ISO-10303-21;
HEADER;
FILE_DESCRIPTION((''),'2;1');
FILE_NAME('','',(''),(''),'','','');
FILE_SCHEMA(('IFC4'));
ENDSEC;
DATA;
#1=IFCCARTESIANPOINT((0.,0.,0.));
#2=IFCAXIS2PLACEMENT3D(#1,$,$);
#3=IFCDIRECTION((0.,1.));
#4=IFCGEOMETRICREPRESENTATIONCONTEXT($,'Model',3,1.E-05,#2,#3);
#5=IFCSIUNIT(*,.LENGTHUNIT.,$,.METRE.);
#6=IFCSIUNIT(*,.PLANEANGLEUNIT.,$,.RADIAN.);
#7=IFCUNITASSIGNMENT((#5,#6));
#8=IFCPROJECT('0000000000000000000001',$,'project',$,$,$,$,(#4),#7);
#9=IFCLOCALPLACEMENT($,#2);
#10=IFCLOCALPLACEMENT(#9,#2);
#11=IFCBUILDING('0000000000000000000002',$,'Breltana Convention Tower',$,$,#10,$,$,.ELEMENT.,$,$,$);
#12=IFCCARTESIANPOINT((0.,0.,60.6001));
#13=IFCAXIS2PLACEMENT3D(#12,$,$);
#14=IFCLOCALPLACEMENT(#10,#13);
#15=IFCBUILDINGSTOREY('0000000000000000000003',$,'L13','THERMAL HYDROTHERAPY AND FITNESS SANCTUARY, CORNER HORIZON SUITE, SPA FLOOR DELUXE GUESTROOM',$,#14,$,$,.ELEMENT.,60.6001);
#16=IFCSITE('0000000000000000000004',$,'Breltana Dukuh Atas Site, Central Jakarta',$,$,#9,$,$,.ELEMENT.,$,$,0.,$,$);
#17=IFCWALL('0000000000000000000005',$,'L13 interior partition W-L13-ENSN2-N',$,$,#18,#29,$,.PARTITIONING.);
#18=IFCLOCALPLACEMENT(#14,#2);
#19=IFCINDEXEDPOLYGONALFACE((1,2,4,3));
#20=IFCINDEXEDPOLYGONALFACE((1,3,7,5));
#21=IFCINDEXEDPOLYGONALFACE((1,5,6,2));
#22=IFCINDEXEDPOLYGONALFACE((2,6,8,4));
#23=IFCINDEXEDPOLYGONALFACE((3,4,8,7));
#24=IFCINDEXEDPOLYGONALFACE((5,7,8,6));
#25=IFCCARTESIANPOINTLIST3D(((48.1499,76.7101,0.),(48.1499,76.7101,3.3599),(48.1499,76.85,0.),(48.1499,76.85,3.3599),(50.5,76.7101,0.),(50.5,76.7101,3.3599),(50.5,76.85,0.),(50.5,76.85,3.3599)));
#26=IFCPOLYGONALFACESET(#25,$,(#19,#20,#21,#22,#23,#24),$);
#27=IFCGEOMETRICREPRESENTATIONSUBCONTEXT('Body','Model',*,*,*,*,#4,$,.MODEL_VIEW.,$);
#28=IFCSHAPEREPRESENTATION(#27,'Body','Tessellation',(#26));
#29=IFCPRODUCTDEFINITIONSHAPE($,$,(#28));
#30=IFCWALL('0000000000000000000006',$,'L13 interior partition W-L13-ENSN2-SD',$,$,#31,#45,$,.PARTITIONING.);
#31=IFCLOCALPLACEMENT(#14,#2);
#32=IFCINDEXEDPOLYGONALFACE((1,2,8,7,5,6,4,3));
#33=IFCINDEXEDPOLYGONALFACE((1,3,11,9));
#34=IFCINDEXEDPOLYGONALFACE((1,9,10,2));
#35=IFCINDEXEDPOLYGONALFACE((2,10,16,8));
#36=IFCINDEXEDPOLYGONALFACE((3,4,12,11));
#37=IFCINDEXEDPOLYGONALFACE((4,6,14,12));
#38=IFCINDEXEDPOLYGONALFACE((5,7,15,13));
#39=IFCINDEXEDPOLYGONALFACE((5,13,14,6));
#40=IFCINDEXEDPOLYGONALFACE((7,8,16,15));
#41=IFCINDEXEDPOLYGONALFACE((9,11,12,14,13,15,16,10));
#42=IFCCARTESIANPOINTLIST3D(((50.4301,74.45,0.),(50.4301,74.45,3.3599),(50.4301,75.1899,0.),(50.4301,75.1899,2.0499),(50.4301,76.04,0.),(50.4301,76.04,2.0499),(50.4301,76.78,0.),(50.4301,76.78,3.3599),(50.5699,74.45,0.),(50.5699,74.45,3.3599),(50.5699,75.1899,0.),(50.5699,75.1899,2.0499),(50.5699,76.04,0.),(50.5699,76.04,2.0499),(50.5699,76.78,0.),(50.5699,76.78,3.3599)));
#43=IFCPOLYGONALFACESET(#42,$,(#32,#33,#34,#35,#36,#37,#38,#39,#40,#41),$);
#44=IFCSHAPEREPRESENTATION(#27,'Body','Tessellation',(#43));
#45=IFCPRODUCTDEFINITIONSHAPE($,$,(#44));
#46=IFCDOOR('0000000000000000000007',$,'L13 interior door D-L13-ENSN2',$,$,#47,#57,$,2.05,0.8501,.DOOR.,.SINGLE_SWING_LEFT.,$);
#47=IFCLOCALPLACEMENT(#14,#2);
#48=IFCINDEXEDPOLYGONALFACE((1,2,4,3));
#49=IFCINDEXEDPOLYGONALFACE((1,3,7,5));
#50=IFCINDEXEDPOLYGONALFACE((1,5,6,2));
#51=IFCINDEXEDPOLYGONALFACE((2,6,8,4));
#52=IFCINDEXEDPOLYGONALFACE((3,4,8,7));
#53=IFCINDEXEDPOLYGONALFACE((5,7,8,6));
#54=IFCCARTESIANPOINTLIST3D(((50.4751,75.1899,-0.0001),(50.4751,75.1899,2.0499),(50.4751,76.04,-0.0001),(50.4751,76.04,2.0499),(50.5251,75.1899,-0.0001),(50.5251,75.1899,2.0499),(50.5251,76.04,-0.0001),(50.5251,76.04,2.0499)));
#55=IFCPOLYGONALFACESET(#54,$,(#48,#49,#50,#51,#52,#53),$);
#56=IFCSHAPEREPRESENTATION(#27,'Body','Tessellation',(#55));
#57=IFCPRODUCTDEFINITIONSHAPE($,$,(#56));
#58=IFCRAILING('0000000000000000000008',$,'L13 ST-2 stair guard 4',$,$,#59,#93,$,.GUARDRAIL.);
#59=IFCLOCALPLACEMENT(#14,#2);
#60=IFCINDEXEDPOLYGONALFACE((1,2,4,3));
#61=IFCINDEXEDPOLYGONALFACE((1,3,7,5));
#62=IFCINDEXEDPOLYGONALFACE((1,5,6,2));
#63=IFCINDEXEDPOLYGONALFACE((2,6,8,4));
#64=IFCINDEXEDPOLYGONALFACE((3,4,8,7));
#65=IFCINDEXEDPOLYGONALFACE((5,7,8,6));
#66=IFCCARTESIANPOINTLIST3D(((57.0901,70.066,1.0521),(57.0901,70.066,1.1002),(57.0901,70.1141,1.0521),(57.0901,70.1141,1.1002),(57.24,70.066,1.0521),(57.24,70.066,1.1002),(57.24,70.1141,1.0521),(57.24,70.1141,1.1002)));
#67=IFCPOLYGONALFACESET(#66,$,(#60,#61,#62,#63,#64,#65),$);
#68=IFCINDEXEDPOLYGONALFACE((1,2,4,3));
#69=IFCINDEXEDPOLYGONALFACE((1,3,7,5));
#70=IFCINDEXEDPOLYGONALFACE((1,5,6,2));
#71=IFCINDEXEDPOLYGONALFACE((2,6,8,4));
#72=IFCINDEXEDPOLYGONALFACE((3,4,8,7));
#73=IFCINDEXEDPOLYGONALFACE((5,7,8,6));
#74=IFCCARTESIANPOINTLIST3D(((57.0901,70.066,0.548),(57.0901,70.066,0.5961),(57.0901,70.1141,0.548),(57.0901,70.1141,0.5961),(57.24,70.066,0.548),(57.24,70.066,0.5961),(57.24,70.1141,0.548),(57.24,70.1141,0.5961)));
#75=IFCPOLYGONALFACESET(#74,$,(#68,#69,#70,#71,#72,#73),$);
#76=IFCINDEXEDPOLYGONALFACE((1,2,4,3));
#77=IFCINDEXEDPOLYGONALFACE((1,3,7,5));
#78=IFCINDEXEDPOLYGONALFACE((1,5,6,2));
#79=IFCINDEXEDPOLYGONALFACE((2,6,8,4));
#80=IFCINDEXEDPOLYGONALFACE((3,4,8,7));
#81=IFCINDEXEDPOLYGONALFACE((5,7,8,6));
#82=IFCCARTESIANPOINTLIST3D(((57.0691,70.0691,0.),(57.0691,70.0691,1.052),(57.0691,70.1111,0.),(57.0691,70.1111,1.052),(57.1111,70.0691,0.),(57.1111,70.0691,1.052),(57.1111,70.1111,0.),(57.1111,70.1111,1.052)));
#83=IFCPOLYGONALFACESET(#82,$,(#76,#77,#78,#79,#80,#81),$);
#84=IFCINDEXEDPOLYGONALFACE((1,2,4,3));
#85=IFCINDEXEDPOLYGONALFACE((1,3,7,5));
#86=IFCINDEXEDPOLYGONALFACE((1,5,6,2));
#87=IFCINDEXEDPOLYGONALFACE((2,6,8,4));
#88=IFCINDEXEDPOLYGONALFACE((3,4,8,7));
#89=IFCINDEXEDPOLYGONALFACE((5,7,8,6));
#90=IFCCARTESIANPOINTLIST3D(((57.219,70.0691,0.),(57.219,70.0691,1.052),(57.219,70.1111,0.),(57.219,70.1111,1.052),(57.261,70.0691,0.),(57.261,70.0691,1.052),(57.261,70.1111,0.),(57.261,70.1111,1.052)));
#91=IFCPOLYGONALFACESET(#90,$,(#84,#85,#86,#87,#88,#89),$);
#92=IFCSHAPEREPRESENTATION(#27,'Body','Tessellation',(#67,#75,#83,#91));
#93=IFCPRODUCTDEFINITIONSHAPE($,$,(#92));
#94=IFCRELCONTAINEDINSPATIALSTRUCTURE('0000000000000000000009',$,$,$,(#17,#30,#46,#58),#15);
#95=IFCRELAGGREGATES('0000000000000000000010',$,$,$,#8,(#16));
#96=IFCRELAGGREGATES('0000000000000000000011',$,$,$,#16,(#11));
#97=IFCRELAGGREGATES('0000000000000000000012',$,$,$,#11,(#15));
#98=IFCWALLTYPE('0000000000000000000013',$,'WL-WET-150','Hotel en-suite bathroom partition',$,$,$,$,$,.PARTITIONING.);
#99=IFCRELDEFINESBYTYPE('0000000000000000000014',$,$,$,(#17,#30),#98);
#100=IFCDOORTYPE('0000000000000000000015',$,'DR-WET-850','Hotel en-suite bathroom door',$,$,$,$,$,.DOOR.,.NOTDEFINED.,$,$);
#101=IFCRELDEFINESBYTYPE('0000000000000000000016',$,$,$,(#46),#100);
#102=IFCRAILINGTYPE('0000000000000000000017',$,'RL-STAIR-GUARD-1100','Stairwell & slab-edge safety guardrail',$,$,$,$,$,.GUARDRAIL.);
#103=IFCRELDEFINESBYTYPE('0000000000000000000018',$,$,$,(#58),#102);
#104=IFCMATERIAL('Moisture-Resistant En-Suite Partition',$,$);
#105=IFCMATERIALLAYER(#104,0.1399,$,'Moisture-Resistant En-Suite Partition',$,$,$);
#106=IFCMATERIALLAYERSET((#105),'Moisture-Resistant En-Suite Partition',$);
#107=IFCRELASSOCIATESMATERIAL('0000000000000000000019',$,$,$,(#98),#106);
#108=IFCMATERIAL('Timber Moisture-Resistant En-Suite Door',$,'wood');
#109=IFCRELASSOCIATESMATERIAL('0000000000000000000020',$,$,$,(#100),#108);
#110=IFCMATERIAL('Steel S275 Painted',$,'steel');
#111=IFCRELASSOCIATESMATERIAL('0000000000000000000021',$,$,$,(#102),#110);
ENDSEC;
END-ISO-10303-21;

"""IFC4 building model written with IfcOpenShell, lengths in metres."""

from ifc_helpers import new_model, si_unit, direction, frame, frame_2d, origin, origin_2d, place, context, subcontext, project, spatial, rectangle, extrude, source, transform, mapped, material, layer, layer_set, type_object, type_shapes, element, fill, save


model = new_model("IFC4")

# Units and contexts
model_context = context("Model", 3, precision=1e-05, world=origin(), true_north=direction((0.0, 1.0)))
body_context = subcontext(model_context, "Body", "Model", "MODEL_VIEW")
ifc_project = project(units=[si_unit("LENGTHUNIT", "METRE"), si_unit("PLANEANGLEUNIT", "RADIAN")], contexts=[model_context])

# Site, building, storey
site_placement = place(None, origin())
site = spatial("IfcSite", under=ifc_project, at=site_placement, Name="Breltana Dukuh Atas Site, Central Jakarta", CompositionType="ELEMENT", RefElevation=0.0)
building_placement = place(site_placement, origin())
building = spatial("IfcBuilding", under=site, at=building_placement, Name="Breltana Convention Tower", CompositionType="ELEMENT")
storey_placement = place(building_placement, frame((0.0, 0.0, 60.6001)))
storey = spatial("IfcBuildingStorey", under=building, at=storey_placement, Name="L13", Description="THERMAL HYDROTHERAPY AND FITNESS SANCTUARY, CORNER HORIZON SUITE, SPA FLOOR DELUXE GUESTROOM", CompositionType="ELEMENT", Elevation=60.6001)

# Wall
ifc_material_1 = material(Name="Moisture-Resistant En-Suite Partition")
ifc_layer_1 = layer(ifc_material_1, 0.1399, Name="Moisture-Resistant En-Suite Partition")
ifc_layer_set_1 = layer_set([ifc_layer_1], Name="Moisture-Resistant En-Suite Partition")
wall_type_1 = type_object("IfcWallType", Name="WL-WET-150", Description="Hotel en-suite bathroom partition", PredefinedType="PARTITIONING", material=ifc_layer_set_1)
shared_shape_1 = source(origin(), body_context, "Body", "SweptSolid", [
    extrude(rectangle(XDim=2.3501, YDim=0.1399, at=frame_2d((1.175, 0.0))), origin(), (0.0, 0.0, 1.0), 3.3599),
])
wall_1_placement = place(storey_placement, frame((48.1499, 76.78, 0.0), z_axis=(0.0, 0.0, 1.0), x_axis=(1.0, 0.0, 0.0)))
element("IfcWall", 1, at=wall_1_placement, inside=storey, type_object=wall_type_1, Name="L13 interior partition W-L13-ENSN2-N", PredefinedType="PARTITIONING", context=body_context, shape_type="MappedRepresentation", body=[
    mapped(shared_shape_1, transform((0.0, 0.0, 0.0), scale=1.0)),
])

# Wall, opening, door
shared_shape_2 = source(origin(), body_context, "Body", "SweptSolid", [
    extrude(rectangle(XDim=2.3301, YDim=0.1399, at=frame_2d((1.165, 0.0))), origin(), (0.0, 0.0, 1.0), 3.3599),
])
wall_2_placement = place(storey_placement, frame((50.5, 74.45, 0.0), z_axis=(0.0, 0.0, 1.0), x_axis=(0.0, 1.0, 0.0)))
wall_2 = element("IfcWall", 2, at=wall_2_placement, inside=storey, type_object=wall_type_1, Name="L13 interior partition W-L13-ENSN2-SD", PredefinedType="PARTITIONING", context=body_context, shape_type="MappedRepresentation", body=[
    mapped(shared_shape_2, transform((0.0, 0.0, 0.0), scale=1.0)),
])
opening_1_placement = place(wall_2_placement, frame((0.74, 0.0, 0.0)))
opening_1 = element("IfcOpeningElement", 3, at=opening_1_placement, cuts=wall_2, PredefinedType="OPENING", context=body_context, shape_type="SweptSolid", body=[
    extrude(rectangle(XDim=0.8501, YDim=2.05, at=frame_2d((0.425, 1.0249))), frame((0.0, 0.0801, 0.0), z_axis=(0.0, -1.0, 0.0), x_axis=(1.0, 0.0, 0.0)), (0.0, 0.0, 1.0), 0.1599),
])
ifc_material_2 = material(Name="Timber Moisture-Resistant En-Suite Door", Category="wood")
door_type_1 = type_object("IfcDoorType", Name="DR-WET-850", Description="Hotel en-suite bathroom door", OperationType="NOTDEFINED", PredefinedType="DOOR", material=ifc_material_2)
shared_shape_3 = source(origin(), body_context, "Body", "SweptSolid", [
    extrude(rectangle(XDim=0.8501, YDim=2.05, at=frame_2d((0.425, 1.0249))), frame((0.0, 0.0249, 0.0), z_axis=(0.0, -1.0, 0.0), x_axis=(1.0, 0.0, 0.0)), (0.0, 0.0, 1.0), 0.05),
])
type_shapes(door_type_1, [shared_shape_3])
door_1_placement = place(opening_1_placement, origin())
door_1 = element("IfcDoor", 4, at=door_1_placement, inside=storey, type_object=door_type_1, Name="L13 interior door D-L13-ENSN2", OperationType="SINGLE_SWING_LEFT", OverallHeight=2.05, OverallWidth=0.8501, PredefinedType="DOOR", context=body_context, shape_type="MappedRepresentation", body=[
    mapped(shared_shape_3, transform((0.0, 0.0, 0.0), scale=1.0)),
])
fill(opening_1, door_1)

# Railing
ifc_material_3 = material(Name="Steel S275 Painted", Category="steel")
railing_type = type_object("IfcRailingType", Name="RL-STAIR-GUARD-1100", Description="Stairwell & slab-edge safety guardrail", PredefinedType="GUARDRAIL", material=ifc_material_3)
railing_placement = place(storey_placement, frame((57.0901, 70.0901, 0.0)))
element("IfcRailing", 5, at=railing_placement, inside=storey, type_object=railing_type, Name="L13 ST-2 stair guard 4", PredefinedType="GUARDRAIL", context=body_context, shape_type="SweptSolid", body=[
    extrude(rectangle(XDim=0.0481, YDim=0.0481, at=origin_2d()), frame((0.0, 0.0, 1.0762), z_axis=(1.0, 0.0, 0.0), x_axis=(0.0, 1.0, 0.0)), (0.0, 0.0, 1.0), 0.1499),
    extrude(rectangle(XDim=0.0481, YDim=0.0481, at=origin_2d()), frame((0.0, 0.0, 0.572), z_axis=(1.0, 0.0, 0.0), x_axis=(0.0, 1.0, 0.0)), (0.0, 0.0, 1.0), 0.1499),
    extrude(rectangle(XDim=0.042, YDim=0.042, at=origin_2d()), origin(), (0.0, 0.0, 1.0), 1.052),
    extrude(rectangle(XDim=0.042, YDim=0.042, at=origin_2d()), frame((0.1499, 0.0, 0.0)), (0.0, 0.0, 1.0), 1.052),
])

save(model, "model.ifc")
